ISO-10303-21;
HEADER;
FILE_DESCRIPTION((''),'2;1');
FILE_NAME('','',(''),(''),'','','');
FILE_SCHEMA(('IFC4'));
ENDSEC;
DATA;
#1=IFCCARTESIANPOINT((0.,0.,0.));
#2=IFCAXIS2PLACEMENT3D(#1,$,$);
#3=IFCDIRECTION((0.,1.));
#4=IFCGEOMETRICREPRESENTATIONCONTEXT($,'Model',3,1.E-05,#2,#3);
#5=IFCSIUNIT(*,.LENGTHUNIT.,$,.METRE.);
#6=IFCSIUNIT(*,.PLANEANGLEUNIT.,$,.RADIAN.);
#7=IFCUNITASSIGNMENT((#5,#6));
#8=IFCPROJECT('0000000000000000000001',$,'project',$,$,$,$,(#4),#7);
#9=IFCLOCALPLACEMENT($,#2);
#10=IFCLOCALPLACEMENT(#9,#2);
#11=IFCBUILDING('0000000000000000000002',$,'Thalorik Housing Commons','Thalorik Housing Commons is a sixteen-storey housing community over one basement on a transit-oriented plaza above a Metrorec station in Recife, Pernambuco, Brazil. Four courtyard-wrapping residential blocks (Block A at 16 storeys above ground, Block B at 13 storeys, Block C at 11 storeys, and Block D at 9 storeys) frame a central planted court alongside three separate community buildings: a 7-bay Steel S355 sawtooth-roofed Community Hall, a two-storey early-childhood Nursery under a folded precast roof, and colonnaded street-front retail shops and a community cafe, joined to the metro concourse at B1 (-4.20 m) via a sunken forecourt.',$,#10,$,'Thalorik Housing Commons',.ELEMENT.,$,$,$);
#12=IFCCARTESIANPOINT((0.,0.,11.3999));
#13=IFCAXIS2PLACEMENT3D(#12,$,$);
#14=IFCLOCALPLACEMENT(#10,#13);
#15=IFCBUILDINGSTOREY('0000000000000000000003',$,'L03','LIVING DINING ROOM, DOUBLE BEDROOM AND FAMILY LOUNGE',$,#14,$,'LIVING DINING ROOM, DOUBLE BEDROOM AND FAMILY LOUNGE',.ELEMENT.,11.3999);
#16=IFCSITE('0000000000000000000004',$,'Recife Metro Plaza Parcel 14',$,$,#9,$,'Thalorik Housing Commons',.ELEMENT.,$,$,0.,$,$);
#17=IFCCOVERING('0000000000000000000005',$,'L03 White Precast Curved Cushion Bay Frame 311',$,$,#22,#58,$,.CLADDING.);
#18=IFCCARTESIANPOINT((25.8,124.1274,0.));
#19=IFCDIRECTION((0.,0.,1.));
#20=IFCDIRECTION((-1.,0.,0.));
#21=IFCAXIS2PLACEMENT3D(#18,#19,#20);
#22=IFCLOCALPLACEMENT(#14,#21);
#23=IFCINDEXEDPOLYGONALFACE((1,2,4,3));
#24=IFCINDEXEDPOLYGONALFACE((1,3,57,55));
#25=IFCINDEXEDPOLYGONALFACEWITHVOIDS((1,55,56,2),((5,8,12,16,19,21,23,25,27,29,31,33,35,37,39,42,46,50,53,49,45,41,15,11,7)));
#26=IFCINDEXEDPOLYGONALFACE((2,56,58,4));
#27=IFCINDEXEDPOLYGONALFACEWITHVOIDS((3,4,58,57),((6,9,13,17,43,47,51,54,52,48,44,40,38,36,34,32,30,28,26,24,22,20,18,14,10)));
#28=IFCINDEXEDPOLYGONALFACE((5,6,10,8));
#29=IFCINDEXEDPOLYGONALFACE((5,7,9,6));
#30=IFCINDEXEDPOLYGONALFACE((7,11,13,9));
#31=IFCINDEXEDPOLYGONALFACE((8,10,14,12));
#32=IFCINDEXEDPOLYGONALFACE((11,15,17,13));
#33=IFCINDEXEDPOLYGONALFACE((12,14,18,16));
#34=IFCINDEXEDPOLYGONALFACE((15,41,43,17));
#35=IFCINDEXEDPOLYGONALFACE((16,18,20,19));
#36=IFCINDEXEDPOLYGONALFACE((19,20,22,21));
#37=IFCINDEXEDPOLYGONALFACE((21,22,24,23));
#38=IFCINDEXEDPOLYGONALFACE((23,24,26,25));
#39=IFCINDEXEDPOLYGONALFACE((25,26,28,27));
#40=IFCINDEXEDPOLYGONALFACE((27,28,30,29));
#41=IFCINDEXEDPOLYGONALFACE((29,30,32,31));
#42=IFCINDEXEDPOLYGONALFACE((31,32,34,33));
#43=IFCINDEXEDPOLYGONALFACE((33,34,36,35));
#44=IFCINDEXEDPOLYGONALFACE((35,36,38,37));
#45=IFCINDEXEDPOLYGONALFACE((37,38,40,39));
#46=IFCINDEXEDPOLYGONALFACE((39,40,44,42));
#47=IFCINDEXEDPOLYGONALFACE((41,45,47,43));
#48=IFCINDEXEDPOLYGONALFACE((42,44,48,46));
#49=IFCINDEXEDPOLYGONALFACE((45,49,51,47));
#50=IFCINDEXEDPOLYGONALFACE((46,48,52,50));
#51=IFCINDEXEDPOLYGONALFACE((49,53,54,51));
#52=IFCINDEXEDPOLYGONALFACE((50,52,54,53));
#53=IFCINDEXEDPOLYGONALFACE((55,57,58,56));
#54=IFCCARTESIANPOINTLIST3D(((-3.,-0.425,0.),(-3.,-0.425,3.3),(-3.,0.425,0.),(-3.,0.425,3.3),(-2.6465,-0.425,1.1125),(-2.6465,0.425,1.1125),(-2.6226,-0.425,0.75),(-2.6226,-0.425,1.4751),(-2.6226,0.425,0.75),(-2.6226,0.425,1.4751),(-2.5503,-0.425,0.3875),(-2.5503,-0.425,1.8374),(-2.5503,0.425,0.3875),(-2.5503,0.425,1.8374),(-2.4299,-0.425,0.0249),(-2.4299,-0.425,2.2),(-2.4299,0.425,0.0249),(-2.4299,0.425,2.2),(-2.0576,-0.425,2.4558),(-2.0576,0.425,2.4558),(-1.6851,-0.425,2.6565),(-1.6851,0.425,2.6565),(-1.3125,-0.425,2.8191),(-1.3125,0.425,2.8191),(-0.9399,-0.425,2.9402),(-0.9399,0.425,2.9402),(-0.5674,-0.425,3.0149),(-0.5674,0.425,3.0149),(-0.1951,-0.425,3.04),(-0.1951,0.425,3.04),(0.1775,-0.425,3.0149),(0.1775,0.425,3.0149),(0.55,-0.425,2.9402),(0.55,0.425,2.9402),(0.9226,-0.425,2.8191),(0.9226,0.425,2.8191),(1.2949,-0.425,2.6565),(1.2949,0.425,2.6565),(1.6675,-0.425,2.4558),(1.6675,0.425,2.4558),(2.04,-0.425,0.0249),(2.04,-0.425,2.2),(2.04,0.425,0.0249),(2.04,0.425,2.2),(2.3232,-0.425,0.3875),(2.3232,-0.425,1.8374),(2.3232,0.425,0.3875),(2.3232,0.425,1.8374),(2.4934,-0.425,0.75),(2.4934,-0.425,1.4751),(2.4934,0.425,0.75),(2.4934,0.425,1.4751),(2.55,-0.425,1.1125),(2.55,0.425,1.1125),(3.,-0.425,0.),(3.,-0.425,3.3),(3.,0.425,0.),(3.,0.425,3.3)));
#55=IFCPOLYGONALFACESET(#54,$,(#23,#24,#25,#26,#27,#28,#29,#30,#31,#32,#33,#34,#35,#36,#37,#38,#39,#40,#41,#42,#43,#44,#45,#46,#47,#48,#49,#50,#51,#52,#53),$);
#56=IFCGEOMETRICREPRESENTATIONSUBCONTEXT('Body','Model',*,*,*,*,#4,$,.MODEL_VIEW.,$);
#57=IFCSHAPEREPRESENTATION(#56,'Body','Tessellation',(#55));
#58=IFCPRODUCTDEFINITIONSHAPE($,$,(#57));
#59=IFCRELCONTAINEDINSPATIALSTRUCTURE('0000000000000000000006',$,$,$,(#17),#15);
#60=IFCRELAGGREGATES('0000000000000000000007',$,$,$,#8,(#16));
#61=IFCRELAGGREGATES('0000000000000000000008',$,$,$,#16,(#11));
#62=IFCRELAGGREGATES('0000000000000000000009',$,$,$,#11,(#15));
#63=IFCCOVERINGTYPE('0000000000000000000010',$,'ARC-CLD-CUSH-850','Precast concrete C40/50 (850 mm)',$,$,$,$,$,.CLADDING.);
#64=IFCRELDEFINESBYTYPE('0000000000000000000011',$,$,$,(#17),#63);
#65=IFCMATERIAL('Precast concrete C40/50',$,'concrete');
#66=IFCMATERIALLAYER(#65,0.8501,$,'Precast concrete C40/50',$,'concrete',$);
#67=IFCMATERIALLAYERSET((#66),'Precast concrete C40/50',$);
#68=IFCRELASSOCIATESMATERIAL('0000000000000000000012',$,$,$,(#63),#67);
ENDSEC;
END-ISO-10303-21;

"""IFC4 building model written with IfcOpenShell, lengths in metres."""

from ifc_helpers import new_model, si_unit, direction, frame, origin, place, context, subcontext, project, spatial, polyline, outline, extrude, material, layer, layer_set, type_object, element, save


model = new_model("IFC4")

# Units and contexts
model_context = context("Model", 3, precision=1e-05, world=origin(), true_north=direction((0.0, 1.0)))
body_context = subcontext(model_context, "Body", "Model", "MODEL_VIEW")
ifc_project = project(units=[si_unit("LENGTHUNIT", "METRE"), si_unit("PLANEANGLEUNIT", "RADIAN")], contexts=[model_context])

# Site, building, storey
site_placement = place(None, origin())
site = spatial("IfcSite", under=ifc_project, at=site_placement, Name="Recife Metro Plaza Parcel 14", LongName="Thalorik Housing Commons", CompositionType="ELEMENT", RefElevation=0.0)
building_placement = place(site_placement, origin())
building = spatial("IfcBuilding", under=site, at=building_placement, Name="Thalorik Housing Commons", Description="Thalorik Housing Commons is a sixteen-storey housing community over one basement on a transit-oriented plaza above a Metrorec station in Recife, Pernambuco, Brazil. Four courtyard-wrapping residential blocks (Block A at 16 storeys above ground, Block B at 13 storeys, Block C at 11 storeys, and Block D at 9 storeys) frame a central planted court alongside three separate community buildings: a 7-bay Steel S355 sawtooth-roofed Community Hall, a two-storey early-childhood Nursery under a folded precast roof, and colonnaded street-front retail shops and a community cafe, joined to the metro concourse at B1 (-4.20 m) via a sunken forecourt.", LongName="Thalorik Housing Commons", CompositionType="ELEMENT")
storey_placement = place(building_placement, frame((0.0, 0.0, 11.3999)))
storey = spatial("IfcBuildingStorey", under=building, at=storey_placement, Name="L03", Description="LIVING DINING ROOM, DOUBLE BEDROOM AND FAMILY LOUNGE", LongName="LIVING DINING ROOM, DOUBLE BEDROOM AND FAMILY LOUNGE", CompositionType="ELEMENT", Elevation=11.3999)

# Shared definitions
ifc_material_1 = material(Name="Precast concrete C40/50", Category="concrete")

# Covering
ifc_layer_1 = layer(ifc_material_1, 0.8501, Name="Precast concrete C40/50", Category="concrete")
ifc_layer_set_1 = layer_set([ifc_layer_1], Name="Precast concrete C40/50")
covering_type_1 = type_object("IfcCoveringType", Name="ARC-CLD-CUSH-850", Description="Precast concrete C40/50 (850 mm)", PredefinedType="CLADDING", material=ifc_layer_set_1)
covering_1_placement = place(storey_placement, frame((25.8, 124.1274, 0.0), z_axis=(0.0, 0.0, 1.0), x_axis=(-1.0, 0.0, 0.0)))
element("IfcCovering", 1, at=covering_1_placement, inside=storey, type_object=covering_type_1, Name="L03 White Precast Curved Cushion Bay Frame 311", PredefinedType="CLADDING", context=body_context, shape_type="SweptSolid", body=[
    extrude(outline(polyline([(-3.0, 0.0), (3.0, 0.0), (3.0, 3.3), (-3.0, 3.3), (-3.0, 0.0)]), holes=[polyline([(2.04, 0.0249), (2.3232, 0.3875), (2.4934, 0.75), (2.55, 1.1125), (2.4934, 1.4751), (2.3232, 1.8374), (2.04, 2.2), (1.6675, 2.4558), (1.2949, 2.6565), (0.9226, 2.8191), (0.55, 2.9402), (0.1775, 3.0149), (-0.1951, 3.04), (-0.5674, 3.0149), (-0.9399, 2.9402), (-1.3125, 2.8191), (-1.6851, 2.6565), (-2.0576, 2.4558), (-2.4299, 2.2), (-2.5503, 1.8374), (-2.6226, 1.4751), (-2.6465, 1.1125), (-2.6226, 0.75), (-2.5503, 0.3875), (-2.4299, 0.0249), (2.04, 0.0249)])]), frame((0.0, 0.425, 0.0), z_axis=(0.0, -1.0, 0.0), x_axis=(1.0, 0.0, 0.0)), (0.0, 0.0, 1.0), 0.8501),
])

save(model, "model.ifc")
